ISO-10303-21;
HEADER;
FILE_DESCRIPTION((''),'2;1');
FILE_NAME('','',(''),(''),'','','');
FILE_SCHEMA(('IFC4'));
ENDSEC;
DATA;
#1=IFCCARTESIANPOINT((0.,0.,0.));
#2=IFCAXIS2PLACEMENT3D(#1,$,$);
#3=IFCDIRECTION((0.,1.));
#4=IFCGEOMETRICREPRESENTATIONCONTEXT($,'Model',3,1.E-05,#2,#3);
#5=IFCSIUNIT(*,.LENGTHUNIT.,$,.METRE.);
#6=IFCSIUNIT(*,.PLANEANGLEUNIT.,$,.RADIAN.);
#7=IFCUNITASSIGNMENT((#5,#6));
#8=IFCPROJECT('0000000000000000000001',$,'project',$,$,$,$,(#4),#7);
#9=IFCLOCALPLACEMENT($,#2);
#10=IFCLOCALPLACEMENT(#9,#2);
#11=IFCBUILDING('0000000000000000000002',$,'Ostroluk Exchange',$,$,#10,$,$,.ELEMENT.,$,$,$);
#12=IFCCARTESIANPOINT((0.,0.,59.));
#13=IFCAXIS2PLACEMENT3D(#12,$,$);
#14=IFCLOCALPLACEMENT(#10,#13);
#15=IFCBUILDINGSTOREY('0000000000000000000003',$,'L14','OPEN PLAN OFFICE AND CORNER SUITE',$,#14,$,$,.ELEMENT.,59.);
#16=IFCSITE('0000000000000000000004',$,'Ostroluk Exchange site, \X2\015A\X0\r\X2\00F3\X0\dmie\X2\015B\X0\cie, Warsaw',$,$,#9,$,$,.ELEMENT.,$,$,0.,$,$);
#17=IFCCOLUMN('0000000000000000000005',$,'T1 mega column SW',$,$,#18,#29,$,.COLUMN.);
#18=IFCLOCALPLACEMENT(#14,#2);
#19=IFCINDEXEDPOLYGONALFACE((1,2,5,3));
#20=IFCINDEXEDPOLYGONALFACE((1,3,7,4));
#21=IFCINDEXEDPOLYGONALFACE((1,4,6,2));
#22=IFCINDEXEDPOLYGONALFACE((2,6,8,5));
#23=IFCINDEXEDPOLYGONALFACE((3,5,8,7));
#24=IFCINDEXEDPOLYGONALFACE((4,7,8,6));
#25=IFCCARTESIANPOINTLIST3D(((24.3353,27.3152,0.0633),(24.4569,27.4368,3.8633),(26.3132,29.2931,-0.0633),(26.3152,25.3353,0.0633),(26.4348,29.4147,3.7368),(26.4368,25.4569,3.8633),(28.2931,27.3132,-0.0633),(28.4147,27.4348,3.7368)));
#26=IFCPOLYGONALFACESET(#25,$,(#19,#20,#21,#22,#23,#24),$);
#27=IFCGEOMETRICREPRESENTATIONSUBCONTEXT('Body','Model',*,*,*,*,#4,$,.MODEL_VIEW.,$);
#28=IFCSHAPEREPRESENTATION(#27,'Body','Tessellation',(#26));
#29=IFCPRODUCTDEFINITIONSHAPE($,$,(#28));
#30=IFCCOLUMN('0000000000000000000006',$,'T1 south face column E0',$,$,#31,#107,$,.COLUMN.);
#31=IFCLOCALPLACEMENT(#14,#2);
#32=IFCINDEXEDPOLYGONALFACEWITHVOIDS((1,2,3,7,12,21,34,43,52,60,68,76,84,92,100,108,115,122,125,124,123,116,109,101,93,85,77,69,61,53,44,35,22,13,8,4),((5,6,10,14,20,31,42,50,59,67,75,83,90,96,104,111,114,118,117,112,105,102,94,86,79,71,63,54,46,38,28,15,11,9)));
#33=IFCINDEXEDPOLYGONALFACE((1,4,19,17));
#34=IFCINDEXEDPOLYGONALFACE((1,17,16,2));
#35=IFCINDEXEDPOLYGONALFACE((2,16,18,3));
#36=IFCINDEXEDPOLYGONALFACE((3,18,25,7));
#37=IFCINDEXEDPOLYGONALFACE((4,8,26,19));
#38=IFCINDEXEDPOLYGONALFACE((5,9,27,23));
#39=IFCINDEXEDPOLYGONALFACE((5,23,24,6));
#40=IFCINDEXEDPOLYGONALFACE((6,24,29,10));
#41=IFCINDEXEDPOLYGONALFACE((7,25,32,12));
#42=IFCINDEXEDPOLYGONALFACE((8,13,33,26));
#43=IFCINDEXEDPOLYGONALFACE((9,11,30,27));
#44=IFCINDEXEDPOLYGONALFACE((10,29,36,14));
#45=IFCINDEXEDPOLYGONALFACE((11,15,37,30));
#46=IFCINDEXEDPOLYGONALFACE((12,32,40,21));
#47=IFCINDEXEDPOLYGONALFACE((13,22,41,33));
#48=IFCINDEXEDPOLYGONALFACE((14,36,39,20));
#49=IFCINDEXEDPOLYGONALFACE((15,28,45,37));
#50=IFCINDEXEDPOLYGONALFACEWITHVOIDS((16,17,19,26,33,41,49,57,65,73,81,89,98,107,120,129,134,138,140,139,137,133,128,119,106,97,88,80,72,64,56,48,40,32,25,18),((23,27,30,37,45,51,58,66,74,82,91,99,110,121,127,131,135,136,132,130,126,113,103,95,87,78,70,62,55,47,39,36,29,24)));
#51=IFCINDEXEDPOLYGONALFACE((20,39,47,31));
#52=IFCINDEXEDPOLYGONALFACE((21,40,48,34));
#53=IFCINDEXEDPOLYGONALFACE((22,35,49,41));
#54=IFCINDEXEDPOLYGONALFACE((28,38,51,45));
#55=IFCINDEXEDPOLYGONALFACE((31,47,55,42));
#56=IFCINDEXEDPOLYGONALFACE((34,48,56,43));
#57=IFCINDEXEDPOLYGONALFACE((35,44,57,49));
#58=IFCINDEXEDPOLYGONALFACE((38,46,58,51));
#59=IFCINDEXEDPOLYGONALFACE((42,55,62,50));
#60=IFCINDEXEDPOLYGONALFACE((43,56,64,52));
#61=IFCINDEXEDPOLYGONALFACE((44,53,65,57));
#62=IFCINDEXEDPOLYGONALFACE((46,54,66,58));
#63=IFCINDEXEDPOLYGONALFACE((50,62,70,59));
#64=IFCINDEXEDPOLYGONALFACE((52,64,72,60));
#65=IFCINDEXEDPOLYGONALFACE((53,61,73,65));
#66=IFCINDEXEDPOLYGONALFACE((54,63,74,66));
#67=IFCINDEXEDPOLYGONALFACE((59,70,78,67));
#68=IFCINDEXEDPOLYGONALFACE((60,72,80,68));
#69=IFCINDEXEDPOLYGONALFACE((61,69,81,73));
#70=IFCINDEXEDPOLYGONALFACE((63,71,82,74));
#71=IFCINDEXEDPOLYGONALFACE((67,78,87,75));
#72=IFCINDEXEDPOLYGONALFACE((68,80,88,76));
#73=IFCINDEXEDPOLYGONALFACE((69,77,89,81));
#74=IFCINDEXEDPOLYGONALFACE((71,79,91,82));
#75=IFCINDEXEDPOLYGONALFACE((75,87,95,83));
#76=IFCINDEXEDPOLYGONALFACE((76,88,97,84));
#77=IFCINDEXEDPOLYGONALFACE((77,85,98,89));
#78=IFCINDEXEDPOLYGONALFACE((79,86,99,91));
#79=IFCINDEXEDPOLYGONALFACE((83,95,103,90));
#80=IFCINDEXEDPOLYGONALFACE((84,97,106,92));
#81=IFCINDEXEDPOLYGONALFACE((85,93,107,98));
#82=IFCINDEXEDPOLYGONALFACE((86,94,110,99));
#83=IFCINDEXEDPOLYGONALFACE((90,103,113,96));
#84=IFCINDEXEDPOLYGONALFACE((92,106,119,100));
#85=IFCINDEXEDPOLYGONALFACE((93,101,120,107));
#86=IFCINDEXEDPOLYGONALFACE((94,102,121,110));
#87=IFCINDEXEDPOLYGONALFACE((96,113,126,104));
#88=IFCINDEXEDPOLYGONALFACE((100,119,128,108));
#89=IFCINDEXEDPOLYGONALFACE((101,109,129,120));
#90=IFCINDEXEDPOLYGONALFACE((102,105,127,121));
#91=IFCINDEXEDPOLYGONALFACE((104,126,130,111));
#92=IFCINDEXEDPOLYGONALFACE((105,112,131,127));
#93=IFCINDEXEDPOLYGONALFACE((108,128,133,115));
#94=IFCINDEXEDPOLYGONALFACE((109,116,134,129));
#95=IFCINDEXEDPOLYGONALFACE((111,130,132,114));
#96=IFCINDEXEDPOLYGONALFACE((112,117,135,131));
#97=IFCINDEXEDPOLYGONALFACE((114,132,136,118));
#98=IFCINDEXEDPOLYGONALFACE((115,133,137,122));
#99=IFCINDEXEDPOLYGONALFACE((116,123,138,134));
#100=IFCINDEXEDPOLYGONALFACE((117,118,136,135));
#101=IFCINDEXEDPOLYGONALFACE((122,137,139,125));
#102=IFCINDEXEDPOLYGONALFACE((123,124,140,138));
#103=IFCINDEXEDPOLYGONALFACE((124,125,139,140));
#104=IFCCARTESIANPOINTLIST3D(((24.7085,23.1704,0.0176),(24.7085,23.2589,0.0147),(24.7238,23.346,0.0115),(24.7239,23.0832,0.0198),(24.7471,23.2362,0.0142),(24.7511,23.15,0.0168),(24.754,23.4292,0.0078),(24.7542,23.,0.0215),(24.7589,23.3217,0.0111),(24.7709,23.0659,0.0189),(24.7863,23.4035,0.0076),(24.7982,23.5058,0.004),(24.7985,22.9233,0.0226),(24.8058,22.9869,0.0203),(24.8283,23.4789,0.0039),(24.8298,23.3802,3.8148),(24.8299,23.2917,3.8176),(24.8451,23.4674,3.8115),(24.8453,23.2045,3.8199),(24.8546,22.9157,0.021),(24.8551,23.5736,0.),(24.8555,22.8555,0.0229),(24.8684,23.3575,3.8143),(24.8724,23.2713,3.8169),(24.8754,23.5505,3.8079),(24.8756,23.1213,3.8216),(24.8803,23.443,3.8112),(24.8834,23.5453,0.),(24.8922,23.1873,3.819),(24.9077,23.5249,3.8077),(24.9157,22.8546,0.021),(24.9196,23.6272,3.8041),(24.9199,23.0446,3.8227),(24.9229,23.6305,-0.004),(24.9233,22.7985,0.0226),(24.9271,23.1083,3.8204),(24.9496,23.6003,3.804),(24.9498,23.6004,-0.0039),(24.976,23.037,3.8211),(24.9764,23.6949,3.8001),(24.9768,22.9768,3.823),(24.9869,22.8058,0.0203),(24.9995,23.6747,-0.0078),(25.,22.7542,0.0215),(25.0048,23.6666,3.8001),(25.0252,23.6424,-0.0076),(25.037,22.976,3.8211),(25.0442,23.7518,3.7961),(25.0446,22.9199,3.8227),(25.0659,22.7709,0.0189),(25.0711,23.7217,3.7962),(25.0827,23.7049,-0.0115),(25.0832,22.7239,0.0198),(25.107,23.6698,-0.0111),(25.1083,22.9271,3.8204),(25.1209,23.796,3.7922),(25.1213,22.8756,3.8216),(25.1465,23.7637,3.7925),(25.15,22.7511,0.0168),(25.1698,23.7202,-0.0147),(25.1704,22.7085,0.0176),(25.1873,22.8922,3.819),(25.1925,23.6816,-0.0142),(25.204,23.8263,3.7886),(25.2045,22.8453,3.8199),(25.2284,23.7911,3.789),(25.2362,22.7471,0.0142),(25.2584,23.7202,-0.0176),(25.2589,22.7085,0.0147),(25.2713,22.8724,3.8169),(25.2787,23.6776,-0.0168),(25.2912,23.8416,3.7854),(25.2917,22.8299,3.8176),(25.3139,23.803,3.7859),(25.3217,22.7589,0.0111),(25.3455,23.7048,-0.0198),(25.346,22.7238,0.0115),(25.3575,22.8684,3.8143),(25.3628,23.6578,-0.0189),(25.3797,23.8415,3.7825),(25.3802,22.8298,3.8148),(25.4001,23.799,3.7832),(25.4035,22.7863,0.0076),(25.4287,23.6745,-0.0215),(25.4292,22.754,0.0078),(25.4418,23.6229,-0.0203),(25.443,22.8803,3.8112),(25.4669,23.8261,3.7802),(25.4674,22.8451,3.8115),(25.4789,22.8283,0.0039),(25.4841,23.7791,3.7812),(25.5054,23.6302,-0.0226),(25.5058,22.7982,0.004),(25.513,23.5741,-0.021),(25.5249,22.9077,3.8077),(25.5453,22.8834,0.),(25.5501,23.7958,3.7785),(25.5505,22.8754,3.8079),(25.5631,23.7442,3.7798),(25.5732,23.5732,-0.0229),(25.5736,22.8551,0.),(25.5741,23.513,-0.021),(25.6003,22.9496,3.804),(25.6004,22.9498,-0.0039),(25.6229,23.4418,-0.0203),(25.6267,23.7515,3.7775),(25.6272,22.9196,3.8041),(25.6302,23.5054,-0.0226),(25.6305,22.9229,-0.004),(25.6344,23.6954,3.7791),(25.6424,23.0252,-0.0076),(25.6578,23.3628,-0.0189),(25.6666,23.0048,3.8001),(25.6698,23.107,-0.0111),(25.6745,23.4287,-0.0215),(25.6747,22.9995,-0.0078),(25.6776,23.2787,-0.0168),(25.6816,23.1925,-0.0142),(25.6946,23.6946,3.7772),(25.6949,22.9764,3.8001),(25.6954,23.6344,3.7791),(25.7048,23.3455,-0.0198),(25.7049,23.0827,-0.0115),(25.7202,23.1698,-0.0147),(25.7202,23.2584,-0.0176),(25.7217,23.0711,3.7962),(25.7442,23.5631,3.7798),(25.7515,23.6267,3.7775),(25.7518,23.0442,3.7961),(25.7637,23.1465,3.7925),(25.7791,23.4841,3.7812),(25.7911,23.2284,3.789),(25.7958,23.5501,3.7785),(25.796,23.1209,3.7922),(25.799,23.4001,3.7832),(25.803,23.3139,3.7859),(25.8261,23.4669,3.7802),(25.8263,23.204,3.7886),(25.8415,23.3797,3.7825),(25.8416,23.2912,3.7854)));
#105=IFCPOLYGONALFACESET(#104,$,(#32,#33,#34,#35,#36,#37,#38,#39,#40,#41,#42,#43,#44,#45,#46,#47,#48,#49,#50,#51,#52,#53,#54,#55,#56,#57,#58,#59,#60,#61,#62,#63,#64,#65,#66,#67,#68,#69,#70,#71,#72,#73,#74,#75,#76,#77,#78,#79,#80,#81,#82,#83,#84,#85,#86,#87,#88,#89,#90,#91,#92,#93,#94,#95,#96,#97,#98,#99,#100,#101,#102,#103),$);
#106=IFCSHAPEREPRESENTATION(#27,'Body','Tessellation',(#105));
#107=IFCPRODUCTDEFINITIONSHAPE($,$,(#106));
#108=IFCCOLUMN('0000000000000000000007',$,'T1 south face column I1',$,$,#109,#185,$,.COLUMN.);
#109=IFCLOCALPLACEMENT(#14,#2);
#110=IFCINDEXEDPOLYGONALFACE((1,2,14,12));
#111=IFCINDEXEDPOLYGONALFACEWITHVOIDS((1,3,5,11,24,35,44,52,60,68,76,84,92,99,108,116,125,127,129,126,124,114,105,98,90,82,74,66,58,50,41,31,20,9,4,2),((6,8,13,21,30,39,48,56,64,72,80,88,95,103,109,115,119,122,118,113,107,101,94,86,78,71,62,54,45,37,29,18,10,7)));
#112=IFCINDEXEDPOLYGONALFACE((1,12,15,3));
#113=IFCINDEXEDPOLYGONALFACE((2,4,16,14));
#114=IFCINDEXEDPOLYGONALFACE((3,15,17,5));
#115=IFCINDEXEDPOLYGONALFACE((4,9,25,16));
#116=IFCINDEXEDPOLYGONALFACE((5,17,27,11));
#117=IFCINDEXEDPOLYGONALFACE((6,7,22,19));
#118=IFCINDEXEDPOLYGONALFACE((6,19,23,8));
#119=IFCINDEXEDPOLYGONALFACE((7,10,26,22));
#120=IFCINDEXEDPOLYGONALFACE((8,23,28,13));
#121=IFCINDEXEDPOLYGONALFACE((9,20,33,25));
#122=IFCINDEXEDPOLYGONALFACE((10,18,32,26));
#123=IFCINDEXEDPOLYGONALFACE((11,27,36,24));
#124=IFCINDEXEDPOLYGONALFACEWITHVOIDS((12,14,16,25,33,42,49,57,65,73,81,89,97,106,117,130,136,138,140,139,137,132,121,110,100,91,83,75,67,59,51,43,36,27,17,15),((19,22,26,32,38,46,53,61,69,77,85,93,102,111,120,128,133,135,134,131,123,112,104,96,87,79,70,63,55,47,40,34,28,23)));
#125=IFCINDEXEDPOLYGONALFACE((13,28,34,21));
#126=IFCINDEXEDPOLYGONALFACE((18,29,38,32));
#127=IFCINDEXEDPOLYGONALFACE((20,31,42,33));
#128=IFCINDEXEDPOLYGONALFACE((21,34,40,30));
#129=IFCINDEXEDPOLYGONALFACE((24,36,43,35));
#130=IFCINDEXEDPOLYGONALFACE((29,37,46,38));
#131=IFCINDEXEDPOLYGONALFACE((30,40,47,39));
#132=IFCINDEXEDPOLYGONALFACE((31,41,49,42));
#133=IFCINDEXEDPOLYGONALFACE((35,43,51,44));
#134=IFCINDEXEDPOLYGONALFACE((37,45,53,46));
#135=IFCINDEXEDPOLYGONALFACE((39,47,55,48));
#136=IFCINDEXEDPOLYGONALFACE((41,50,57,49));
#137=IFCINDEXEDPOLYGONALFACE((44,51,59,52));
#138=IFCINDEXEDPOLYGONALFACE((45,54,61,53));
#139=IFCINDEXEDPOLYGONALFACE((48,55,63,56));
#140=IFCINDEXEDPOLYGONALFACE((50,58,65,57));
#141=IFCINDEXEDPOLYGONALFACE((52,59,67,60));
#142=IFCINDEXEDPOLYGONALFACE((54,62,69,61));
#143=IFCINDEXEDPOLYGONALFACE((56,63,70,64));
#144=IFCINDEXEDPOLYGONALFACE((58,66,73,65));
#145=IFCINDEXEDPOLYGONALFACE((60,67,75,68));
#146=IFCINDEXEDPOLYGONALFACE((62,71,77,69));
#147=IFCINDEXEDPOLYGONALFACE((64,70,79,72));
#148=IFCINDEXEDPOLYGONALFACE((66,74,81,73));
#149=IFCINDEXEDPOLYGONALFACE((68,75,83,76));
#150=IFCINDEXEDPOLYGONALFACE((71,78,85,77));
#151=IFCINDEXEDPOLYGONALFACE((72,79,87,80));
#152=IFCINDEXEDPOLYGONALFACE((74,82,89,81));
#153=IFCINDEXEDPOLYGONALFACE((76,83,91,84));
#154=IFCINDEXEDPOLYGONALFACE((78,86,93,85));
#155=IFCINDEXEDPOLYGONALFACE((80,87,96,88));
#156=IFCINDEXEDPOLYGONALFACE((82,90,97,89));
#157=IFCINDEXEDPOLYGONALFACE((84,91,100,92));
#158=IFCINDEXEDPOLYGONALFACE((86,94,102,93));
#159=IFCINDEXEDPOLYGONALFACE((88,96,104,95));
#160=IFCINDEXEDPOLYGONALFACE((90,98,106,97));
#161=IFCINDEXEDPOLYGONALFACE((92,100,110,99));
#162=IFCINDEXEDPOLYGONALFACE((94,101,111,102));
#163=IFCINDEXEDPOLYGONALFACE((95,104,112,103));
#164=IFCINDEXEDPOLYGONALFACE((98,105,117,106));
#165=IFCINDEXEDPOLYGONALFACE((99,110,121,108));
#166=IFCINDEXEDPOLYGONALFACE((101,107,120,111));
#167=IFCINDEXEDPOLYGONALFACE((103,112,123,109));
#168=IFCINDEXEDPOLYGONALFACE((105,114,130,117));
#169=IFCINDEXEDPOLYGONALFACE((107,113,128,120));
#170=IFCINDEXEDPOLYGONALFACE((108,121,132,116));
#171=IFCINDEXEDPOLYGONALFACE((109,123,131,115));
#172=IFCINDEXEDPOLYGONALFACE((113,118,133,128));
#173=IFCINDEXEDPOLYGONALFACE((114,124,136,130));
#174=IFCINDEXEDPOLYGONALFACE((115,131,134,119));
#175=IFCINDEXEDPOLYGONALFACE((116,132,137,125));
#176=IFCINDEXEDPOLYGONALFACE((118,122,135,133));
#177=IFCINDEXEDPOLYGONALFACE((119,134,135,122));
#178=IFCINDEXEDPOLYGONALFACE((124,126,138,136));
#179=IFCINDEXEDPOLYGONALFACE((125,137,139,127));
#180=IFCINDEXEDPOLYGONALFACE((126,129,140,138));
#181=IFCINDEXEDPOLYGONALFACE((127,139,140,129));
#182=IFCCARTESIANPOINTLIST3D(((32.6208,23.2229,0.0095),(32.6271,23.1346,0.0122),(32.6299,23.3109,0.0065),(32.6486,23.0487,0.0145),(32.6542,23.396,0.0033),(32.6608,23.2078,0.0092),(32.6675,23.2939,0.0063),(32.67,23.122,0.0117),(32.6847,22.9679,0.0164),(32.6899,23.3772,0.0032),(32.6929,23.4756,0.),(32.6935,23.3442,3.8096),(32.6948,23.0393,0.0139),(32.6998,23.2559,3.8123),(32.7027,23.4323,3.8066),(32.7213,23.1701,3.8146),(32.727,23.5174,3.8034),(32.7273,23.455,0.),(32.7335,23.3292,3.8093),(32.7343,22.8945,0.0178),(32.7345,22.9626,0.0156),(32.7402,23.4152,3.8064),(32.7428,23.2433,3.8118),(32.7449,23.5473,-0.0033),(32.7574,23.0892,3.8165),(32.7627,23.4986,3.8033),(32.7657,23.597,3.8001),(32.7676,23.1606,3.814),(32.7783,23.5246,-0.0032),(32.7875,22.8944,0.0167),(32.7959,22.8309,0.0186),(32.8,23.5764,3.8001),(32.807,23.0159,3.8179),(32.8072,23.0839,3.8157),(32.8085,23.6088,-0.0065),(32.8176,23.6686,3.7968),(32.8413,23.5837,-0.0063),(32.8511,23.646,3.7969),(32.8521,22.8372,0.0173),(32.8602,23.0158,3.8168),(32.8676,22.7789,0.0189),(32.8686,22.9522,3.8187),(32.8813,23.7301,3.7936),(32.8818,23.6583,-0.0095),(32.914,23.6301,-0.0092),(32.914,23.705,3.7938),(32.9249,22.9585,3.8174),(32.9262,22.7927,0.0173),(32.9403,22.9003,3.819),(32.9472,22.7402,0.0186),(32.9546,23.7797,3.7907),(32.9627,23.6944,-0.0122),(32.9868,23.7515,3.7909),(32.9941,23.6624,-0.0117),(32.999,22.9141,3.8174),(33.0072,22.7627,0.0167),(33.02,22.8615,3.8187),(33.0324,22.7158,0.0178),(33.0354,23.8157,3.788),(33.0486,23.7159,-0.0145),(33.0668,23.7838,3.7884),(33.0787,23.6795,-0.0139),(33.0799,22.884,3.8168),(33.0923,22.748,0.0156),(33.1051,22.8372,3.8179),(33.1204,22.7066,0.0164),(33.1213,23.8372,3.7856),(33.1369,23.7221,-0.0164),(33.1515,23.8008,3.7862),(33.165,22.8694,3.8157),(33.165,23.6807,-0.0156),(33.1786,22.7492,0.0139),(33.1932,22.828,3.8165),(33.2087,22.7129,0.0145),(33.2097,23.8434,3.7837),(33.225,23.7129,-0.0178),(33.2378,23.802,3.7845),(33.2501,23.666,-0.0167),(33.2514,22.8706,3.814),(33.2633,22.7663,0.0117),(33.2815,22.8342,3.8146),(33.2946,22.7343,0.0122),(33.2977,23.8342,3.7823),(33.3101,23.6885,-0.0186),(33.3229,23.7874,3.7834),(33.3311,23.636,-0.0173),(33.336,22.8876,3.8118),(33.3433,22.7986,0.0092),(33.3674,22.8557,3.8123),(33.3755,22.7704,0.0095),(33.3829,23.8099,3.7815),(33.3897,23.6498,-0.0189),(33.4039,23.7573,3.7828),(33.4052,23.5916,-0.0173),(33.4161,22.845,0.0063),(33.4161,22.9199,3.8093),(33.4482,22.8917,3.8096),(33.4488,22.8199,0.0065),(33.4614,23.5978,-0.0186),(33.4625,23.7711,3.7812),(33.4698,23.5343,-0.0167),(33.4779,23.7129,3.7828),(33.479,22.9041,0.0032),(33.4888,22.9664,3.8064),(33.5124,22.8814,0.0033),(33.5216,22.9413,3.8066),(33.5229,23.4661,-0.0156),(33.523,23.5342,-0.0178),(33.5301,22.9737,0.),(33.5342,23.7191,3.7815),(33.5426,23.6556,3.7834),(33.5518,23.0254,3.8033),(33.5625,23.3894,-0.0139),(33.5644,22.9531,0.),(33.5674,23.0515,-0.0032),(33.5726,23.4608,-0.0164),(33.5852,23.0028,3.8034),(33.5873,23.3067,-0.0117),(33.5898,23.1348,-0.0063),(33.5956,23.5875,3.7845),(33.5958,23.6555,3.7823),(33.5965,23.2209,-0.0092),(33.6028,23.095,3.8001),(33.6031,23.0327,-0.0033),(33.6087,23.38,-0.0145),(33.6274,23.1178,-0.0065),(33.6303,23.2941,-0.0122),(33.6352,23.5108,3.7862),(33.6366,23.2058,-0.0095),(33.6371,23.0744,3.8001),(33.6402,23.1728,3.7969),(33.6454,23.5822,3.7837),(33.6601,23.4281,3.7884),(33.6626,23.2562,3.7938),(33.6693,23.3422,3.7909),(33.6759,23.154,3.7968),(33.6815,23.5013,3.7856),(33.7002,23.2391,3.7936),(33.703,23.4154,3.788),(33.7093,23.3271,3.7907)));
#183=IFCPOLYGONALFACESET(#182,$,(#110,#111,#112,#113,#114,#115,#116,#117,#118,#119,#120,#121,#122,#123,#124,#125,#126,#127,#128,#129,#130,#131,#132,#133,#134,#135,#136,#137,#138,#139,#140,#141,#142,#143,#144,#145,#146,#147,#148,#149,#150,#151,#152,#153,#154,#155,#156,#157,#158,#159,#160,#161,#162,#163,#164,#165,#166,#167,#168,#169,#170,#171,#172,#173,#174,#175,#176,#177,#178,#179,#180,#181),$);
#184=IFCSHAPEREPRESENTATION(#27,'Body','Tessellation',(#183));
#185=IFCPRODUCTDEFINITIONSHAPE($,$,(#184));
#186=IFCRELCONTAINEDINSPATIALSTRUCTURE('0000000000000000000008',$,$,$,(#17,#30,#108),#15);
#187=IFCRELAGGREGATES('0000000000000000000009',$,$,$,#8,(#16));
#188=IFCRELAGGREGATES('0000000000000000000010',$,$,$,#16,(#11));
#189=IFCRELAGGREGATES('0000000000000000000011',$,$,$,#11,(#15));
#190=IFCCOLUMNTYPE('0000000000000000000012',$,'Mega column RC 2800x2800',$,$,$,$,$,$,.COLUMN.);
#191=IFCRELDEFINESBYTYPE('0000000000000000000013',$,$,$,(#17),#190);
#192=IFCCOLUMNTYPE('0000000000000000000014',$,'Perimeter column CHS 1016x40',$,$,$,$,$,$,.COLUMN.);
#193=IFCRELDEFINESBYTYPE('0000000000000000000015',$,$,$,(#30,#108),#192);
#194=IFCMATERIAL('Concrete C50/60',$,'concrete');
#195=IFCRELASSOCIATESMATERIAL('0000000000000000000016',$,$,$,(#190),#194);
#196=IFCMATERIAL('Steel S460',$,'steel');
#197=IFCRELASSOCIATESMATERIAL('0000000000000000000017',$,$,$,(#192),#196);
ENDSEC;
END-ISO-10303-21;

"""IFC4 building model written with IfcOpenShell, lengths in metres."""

from ifc_helpers import new_model, si_unit, direction, frame, origin, origin_2d, place, context, subcontext, project, spatial, rectangle, hollow_circle, extrude, material, material_profile, profile_set, type_object, element, save


model = new_model("IFC4")

# Units and contexts
model_context = context("Model", 3, precision=1e-05, world=origin(), true_north=direction((0.0, 1.0)))
body_context = subcontext(model_context, "Body", "Model", "MODEL_VIEW")
ifc_project = project(units=[si_unit("LENGTHUNIT", "METRE"), si_unit("PLANEANGLEUNIT", "RADIAN")], contexts=[model_context])

# Site, building, storey
site_placement = place(None, origin())
site = spatial("IfcSite", under=ifc_project, at=site_placement, Name="Ostroluk Exchange site, Śródmieście, Warsaw", CompositionType="ELEMENT", RefElevation=0.0)
building_placement = place(site_placement, origin())
building = spatial("IfcBuilding", under=site, at=building_placement, Name="Ostroluk Exchange", CompositionType="ELEMENT")
storey_placement = place(building_placement, frame((0.0, 0.0, 59.0)))
storey = spatial("IfcBuildingStorey", under=building, at=storey_placement, Name="L14", Description="OPEN PLAN OFFICE AND CORNER SUITE", CompositionType="ELEMENT", Elevation=59.0)

# Columns
ifc_material_1 = material(Name="Concrete C50/60", Category="concrete")
ifc_material_profile_1 = material_profile(ifc_material_1, rectangle(XDim=2.8, YDim=2.8, at=origin_2d()), Name="RC 2800x2800")
ifc_profile_set_1 = profile_set([ifc_material_profile_1], Name="Concrete C50/60")
column_type_1 = type_object("IfcColumnType", Name="Mega column RC 2800x2800", PredefinedType="COLUMN", material=ifc_profile_set_1)
column_1_placement = place(storey_placement, frame((26.3142, 27.3142, 0.0), z_axis=(0.031962, 0.031962, 0.998978), x_axis=(-0.707107, 0.707107, 0.0)))
element("IfcColumn", 1, at=column_1_placement, inside=storey, type_object=column_type_1, Name="T1 mega column SW", PredefinedType="COLUMN", context=body_context, shape_type="SweptSolid", body=[
    extrude(rectangle(XDim=2.8, YDim=2.8, at=origin_2d()), origin(), (0.0, 0.0, 1.0), 3.804),
])
ifc_material_2 = material(Name="Steel S460", Category="steel")
ifc_material_profile_2 = material_profile(ifc_material_2, hollow_circle(Radius=0.5081, WallThickness=0.04, at=origin_2d()), Name="CHS 1016x40")
ifc_profile_set_2 = profile_set([ifc_material_profile_2], Name="Steel S460")
column_type_2 = type_object("IfcColumnType", Name="Perimeter column CHS 1016x40", PredefinedType="COLUMN", material=ifc_profile_set_2)
column_2_placement = place(storey_placement, frame((25.2144, 23.2144, 0.0), z_axis=(0.031898, 0.031898, 0.998982), x_axis=(-0.707107, 0.707107, 0.0)))
element("IfcColumn", 2, at=column_2_placement, inside=storey, type_object=column_type_2, Name="T1 south face column E0", PredefinedType="COLUMN", context=body_context, shape_type="SweptSolid", body=[
    extrude(hollow_circle(Radius=0.5081, WallThickness=0.04, at=origin_2d()), origin(), (0.0, 0.0, 1.0), 3.804),
])
column_3_placement = place(storey_placement, frame((33.1287, 23.2144, 0.0), z_axis=(0.019132, 0.031909, 0.999308), x_axis=(-0.857645, 0.514242, 0.0)))
element("IfcColumn", 3, at=column_3_placement, inside=storey, type_object=column_type_2, Name="T1 south face column I1", PredefinedType="COLUMN", context=body_context, shape_type="SweptSolid", body=[
    extrude(hollow_circle(Radius=0.5081, WallThickness=0.04, at=origin_2d()), origin(), (0.0, 0.0, 1.0), 3.8027),
])

save(model, "model.ifc")
